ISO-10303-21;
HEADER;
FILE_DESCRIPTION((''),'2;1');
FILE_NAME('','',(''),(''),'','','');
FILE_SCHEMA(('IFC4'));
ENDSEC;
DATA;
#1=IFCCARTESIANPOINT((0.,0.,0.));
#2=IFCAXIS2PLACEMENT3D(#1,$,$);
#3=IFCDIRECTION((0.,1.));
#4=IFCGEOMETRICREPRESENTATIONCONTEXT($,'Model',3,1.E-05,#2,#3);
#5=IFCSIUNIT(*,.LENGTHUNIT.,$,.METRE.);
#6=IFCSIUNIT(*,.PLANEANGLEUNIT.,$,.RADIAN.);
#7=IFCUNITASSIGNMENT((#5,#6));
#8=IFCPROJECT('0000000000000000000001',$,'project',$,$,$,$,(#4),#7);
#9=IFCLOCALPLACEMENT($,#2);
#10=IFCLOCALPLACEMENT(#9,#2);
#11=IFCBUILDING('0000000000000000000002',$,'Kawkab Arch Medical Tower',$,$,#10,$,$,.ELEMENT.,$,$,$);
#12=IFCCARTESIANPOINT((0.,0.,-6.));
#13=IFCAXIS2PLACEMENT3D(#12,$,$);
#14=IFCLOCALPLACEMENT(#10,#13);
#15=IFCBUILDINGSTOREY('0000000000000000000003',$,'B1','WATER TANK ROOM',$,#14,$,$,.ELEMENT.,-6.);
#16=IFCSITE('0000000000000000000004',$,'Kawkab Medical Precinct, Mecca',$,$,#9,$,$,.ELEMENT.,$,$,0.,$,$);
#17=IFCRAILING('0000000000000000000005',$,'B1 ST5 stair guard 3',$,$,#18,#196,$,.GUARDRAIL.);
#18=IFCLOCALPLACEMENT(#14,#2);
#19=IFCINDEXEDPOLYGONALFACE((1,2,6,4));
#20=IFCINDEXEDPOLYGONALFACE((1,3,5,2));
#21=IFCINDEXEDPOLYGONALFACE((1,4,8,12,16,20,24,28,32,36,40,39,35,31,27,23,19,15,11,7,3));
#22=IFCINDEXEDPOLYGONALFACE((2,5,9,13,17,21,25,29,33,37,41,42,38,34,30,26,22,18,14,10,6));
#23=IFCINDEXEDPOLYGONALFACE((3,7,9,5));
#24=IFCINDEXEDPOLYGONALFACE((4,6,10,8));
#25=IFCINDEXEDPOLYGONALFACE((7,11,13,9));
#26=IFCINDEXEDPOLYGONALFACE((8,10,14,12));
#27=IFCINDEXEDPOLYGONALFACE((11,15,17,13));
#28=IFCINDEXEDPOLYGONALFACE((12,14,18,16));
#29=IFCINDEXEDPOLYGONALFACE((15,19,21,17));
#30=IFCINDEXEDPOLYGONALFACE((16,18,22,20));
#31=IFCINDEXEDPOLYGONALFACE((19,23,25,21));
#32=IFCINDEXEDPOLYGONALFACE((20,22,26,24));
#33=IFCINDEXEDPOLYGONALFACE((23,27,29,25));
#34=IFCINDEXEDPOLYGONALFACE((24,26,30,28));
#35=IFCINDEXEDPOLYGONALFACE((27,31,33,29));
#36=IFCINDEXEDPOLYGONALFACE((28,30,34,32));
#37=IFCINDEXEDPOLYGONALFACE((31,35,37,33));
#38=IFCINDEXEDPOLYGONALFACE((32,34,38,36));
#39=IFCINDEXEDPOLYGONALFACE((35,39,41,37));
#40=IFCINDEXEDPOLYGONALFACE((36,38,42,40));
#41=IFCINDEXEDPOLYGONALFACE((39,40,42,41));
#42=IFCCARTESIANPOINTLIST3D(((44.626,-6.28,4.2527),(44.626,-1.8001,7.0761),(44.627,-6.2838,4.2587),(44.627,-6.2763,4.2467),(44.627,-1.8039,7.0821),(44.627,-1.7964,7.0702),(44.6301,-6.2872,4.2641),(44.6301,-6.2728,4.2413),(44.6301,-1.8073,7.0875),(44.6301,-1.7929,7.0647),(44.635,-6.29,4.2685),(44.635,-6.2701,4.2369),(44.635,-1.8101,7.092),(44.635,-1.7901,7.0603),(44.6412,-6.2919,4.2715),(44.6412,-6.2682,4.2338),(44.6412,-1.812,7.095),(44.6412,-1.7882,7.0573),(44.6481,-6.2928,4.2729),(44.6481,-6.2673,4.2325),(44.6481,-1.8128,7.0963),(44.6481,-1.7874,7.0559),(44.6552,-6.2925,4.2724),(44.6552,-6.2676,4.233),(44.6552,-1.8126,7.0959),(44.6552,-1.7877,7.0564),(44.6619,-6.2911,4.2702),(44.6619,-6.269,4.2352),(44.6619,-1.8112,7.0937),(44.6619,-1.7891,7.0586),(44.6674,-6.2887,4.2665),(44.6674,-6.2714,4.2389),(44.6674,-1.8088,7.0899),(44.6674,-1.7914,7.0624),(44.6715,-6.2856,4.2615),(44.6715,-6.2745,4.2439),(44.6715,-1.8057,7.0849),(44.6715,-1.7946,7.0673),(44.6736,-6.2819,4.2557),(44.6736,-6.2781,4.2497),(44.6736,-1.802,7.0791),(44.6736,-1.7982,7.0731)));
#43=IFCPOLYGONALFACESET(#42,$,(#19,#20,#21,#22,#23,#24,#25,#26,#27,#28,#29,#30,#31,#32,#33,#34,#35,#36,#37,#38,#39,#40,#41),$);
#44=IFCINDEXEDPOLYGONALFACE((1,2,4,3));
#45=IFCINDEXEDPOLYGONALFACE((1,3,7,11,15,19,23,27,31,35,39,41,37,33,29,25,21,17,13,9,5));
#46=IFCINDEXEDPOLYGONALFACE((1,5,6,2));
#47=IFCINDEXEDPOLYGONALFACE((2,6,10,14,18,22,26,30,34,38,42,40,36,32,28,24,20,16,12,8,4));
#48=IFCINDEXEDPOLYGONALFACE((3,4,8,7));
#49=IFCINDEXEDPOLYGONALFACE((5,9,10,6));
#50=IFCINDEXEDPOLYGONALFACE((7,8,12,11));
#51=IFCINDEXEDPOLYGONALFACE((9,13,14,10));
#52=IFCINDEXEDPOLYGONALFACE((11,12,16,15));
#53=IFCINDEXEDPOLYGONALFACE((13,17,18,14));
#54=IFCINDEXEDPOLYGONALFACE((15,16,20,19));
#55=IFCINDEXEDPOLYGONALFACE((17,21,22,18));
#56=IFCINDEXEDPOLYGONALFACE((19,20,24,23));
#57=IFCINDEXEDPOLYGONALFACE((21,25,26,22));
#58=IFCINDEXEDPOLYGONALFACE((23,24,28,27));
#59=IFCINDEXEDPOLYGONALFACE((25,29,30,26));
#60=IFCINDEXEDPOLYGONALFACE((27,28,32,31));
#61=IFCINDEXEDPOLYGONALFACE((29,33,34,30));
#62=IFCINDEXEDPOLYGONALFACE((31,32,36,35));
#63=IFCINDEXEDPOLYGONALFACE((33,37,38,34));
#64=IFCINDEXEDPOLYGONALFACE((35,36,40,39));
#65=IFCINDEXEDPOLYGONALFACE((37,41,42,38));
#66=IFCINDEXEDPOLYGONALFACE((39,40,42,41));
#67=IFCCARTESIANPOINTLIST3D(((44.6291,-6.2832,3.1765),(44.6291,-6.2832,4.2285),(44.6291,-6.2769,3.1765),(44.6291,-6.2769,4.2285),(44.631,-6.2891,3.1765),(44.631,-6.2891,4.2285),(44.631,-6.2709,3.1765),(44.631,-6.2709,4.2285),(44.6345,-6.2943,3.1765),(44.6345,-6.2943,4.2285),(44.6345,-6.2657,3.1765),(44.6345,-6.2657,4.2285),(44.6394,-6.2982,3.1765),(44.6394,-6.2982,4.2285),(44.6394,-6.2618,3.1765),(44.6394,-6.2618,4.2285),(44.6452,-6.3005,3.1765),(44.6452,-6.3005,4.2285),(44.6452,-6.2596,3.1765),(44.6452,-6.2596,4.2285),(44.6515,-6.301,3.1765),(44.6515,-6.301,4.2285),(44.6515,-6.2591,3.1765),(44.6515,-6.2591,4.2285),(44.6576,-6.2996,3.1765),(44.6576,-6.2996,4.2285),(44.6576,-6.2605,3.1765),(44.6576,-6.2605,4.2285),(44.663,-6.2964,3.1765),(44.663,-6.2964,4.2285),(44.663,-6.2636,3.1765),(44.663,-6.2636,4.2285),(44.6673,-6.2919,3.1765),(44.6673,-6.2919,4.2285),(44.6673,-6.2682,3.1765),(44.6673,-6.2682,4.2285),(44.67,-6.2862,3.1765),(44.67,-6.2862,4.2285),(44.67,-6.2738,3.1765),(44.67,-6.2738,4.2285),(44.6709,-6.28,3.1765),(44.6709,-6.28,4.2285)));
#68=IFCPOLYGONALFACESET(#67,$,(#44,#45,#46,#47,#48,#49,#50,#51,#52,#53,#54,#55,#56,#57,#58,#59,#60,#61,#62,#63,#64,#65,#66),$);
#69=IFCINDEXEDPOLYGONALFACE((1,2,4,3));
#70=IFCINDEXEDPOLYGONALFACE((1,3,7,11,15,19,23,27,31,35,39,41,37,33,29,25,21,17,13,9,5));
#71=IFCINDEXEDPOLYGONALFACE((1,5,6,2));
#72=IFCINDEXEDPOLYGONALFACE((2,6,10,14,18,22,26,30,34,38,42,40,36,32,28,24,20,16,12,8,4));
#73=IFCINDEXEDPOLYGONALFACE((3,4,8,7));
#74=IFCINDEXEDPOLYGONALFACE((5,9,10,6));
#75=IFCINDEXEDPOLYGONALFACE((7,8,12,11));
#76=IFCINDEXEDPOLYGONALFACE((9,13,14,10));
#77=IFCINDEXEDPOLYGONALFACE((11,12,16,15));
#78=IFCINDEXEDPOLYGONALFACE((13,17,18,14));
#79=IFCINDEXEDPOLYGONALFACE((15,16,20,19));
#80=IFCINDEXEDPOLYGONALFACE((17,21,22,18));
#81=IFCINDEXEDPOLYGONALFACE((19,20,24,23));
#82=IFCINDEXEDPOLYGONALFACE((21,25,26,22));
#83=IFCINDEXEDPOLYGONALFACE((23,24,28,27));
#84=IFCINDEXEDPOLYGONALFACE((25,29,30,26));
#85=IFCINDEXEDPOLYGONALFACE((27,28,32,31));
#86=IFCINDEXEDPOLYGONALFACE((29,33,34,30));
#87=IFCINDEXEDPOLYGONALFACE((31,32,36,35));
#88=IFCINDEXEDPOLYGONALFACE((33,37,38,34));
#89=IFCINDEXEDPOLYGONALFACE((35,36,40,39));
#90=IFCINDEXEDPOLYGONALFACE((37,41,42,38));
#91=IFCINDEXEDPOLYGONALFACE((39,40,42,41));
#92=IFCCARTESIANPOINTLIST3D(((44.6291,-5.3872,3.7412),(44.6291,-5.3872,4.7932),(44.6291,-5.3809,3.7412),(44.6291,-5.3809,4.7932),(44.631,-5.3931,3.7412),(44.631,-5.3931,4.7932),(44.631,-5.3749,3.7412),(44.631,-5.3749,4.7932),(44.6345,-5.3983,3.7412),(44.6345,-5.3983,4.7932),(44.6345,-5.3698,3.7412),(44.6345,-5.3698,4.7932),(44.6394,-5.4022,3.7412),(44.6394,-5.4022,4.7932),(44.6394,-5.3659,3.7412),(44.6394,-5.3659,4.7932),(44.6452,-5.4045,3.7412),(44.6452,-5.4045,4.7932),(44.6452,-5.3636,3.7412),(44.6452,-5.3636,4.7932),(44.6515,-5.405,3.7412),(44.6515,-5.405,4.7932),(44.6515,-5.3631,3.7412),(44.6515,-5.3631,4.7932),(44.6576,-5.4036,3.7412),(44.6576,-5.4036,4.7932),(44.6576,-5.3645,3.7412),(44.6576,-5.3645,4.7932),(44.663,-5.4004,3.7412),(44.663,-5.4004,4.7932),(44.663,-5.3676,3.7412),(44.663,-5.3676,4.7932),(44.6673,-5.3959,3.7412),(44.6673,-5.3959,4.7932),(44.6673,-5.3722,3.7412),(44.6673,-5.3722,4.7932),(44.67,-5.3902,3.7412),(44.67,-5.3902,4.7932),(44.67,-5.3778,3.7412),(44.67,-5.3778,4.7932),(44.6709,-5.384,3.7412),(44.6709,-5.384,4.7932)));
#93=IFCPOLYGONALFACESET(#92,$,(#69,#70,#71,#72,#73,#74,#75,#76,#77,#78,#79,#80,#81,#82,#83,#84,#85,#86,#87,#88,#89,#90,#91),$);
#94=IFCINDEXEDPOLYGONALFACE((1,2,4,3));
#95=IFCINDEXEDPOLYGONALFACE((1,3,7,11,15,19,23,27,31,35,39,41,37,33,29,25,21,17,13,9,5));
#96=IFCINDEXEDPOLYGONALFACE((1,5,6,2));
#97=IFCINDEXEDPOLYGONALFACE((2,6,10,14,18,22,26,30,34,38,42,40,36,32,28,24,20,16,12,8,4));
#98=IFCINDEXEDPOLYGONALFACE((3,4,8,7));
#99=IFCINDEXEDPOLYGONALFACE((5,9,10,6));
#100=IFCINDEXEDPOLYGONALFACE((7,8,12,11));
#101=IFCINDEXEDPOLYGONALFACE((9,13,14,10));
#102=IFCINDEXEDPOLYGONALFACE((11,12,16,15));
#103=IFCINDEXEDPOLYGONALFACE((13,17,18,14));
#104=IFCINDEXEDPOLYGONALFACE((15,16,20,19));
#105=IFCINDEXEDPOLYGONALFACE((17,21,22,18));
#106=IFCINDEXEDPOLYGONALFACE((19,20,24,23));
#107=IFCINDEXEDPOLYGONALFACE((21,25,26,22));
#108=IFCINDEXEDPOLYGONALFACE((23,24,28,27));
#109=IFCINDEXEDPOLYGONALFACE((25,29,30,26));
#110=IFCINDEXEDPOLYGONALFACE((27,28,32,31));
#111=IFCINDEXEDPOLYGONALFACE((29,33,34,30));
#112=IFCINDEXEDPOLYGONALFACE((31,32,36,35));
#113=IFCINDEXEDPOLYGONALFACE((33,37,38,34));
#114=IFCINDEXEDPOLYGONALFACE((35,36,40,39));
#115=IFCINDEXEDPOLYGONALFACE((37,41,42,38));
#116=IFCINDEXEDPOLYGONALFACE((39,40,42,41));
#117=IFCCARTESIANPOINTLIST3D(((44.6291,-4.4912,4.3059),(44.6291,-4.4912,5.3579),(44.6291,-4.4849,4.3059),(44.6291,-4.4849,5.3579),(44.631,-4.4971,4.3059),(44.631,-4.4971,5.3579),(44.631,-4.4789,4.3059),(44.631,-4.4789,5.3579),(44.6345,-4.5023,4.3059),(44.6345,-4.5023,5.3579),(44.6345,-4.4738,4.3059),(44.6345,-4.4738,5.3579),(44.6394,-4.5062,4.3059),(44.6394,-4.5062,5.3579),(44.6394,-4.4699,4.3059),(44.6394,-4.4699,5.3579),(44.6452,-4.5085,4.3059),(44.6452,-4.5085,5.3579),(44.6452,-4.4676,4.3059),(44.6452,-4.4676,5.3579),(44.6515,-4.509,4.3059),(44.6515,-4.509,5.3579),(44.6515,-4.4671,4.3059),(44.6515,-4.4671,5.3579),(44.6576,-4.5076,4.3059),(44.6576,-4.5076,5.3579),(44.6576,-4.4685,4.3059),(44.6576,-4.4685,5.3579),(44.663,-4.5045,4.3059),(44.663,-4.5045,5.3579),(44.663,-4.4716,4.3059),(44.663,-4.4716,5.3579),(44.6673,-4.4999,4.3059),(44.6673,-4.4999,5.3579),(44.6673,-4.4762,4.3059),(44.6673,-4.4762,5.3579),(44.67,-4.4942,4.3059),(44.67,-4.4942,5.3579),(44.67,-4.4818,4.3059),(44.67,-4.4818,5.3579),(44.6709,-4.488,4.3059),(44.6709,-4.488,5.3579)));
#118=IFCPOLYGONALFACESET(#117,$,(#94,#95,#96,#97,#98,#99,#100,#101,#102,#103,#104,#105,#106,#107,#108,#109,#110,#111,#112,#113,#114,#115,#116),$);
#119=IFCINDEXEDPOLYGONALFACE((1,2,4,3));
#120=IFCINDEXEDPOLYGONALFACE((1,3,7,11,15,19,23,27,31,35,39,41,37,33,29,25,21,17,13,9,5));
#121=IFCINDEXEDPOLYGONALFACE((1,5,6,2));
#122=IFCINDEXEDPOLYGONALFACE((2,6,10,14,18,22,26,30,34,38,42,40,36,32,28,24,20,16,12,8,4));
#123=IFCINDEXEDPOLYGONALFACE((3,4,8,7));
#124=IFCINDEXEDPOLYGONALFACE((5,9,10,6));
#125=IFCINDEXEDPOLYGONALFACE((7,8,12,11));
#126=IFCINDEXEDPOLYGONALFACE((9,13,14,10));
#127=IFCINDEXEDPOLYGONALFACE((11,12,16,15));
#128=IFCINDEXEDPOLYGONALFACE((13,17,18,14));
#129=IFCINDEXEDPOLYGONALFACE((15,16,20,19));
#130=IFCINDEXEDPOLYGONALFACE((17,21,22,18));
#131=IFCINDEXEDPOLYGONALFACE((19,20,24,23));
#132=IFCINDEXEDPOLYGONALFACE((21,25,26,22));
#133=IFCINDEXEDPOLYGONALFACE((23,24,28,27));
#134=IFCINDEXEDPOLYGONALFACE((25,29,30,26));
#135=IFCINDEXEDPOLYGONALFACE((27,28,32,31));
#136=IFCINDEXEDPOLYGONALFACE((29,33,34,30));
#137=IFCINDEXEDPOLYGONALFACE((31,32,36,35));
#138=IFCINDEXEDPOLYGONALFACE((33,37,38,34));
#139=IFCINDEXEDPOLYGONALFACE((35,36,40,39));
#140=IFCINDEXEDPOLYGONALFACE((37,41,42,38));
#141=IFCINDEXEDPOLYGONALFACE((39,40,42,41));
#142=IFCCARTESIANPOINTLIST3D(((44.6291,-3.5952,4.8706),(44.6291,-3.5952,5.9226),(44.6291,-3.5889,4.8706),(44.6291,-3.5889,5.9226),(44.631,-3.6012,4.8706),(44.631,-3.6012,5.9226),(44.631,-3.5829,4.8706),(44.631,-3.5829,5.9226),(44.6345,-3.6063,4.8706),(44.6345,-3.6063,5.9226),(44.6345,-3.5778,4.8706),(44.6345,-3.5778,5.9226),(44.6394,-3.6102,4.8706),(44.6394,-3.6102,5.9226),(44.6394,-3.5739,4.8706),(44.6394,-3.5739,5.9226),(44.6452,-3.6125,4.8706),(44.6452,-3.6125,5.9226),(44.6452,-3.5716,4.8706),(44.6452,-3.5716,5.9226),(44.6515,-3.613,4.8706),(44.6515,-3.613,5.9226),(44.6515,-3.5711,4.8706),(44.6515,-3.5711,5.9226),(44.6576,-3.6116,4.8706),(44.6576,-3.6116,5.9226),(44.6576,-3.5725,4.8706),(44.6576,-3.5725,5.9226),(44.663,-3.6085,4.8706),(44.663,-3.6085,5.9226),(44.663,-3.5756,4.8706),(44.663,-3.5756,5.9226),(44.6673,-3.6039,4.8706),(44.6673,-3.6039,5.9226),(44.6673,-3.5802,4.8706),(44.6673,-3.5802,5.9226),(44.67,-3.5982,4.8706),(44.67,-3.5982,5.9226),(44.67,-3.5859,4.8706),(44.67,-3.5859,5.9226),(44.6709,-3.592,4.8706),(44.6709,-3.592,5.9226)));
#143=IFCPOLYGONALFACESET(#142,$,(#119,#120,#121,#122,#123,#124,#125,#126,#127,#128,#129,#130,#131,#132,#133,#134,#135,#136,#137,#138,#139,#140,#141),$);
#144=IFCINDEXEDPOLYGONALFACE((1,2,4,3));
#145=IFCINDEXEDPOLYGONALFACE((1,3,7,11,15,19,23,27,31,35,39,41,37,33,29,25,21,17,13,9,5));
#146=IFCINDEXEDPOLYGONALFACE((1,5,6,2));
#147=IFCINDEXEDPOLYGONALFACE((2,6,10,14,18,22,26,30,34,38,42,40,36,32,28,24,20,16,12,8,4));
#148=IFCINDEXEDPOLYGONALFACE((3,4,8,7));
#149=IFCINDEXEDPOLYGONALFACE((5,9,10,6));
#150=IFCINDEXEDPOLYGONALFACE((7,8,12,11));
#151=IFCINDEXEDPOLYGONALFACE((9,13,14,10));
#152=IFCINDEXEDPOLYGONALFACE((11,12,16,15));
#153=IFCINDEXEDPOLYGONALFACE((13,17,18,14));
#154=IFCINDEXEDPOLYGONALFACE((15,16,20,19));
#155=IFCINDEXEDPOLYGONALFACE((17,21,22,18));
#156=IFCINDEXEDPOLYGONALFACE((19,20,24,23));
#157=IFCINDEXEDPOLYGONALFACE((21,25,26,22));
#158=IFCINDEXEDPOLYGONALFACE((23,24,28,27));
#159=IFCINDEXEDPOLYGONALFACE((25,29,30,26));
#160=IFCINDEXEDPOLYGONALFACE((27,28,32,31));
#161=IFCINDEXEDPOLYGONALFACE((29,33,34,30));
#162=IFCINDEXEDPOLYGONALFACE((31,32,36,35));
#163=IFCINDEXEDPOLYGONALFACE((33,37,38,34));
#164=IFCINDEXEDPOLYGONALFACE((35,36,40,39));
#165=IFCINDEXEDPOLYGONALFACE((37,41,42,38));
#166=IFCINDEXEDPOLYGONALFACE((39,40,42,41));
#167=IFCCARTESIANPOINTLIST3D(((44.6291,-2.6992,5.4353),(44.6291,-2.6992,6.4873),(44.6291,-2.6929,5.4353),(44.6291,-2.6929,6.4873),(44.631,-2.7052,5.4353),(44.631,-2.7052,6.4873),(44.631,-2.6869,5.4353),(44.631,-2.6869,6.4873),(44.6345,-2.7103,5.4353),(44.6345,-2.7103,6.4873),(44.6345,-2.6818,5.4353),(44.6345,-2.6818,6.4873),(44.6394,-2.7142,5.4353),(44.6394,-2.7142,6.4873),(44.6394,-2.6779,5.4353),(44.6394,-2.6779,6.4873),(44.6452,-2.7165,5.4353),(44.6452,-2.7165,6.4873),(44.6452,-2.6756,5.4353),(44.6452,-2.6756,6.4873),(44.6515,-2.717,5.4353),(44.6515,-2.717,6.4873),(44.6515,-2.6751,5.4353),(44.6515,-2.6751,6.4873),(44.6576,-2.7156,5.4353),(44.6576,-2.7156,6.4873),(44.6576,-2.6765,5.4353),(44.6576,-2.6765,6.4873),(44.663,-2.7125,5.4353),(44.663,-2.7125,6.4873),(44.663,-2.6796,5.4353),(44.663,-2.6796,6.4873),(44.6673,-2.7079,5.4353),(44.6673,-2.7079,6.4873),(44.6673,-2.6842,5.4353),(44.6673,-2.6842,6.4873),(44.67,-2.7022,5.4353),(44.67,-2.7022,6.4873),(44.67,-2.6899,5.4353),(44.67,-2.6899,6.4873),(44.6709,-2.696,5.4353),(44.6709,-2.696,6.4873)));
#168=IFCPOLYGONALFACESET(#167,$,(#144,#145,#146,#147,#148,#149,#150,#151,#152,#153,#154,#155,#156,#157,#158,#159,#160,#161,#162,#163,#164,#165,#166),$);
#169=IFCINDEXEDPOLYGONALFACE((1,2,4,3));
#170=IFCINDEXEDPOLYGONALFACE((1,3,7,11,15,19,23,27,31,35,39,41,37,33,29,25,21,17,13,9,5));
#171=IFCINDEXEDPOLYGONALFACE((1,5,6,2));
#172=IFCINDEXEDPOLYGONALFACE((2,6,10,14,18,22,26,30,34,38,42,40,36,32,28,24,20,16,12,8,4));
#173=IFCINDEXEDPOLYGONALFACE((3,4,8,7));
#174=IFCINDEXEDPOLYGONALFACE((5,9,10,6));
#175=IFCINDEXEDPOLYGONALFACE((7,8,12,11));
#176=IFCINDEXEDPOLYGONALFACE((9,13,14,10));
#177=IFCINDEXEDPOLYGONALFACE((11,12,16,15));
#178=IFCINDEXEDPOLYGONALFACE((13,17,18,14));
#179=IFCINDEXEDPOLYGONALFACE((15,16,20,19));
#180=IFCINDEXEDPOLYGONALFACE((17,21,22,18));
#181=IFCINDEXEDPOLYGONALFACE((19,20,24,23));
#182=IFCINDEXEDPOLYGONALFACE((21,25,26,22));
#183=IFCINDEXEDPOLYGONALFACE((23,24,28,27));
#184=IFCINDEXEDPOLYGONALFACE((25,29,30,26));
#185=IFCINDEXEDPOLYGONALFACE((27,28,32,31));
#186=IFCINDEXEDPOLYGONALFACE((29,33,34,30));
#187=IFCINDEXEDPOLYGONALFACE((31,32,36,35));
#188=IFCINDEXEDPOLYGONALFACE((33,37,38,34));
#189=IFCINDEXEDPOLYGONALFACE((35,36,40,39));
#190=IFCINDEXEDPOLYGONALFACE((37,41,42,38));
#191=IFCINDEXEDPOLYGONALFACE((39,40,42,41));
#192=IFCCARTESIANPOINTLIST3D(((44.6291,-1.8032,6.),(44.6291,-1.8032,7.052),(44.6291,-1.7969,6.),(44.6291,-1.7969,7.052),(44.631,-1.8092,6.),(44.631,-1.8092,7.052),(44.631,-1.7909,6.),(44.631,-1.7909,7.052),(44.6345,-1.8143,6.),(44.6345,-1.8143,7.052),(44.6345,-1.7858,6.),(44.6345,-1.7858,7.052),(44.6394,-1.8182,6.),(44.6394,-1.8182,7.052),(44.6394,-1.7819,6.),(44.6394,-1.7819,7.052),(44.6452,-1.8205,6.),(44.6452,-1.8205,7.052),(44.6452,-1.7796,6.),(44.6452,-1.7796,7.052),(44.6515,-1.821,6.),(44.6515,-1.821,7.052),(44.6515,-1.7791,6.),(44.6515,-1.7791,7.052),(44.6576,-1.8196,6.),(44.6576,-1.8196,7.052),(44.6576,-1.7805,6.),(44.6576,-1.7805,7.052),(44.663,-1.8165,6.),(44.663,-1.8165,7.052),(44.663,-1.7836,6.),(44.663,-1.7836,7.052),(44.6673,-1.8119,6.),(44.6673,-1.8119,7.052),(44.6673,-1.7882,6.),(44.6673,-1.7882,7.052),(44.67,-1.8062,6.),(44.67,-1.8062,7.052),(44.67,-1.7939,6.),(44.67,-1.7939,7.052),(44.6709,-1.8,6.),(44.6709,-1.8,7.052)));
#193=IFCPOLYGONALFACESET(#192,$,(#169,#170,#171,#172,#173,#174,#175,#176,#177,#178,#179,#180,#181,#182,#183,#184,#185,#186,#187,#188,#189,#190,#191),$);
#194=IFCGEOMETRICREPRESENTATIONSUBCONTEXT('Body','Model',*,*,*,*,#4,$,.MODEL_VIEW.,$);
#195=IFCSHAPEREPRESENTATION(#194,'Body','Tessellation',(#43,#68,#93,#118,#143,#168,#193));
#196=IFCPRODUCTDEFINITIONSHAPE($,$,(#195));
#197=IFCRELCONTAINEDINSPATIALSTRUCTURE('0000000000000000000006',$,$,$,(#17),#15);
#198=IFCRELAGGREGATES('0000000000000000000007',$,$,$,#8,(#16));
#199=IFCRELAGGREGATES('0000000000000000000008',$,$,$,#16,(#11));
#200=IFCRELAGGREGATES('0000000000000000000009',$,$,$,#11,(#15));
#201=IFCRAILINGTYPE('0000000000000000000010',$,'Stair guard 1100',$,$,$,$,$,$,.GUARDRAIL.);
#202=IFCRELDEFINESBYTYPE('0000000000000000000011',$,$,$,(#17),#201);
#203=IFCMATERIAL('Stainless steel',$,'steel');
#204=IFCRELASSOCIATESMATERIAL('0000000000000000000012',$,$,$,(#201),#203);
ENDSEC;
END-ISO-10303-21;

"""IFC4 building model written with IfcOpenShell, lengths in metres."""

from ifc_helpers import new_model, si_unit, direction, frame, origin, origin_2d, place, context, subcontext, project, spatial, circle, extrude, material, type_object, element, save


model = new_model("IFC4")

# Units and contexts
model_context = context("Model", 3, precision=1e-05, world=origin(), true_north=direction((0.0, 1.0)))
body_context = subcontext(model_context, "Body", "Model", "MODEL_VIEW")
ifc_project = project(units=[si_unit("LENGTHUNIT", "METRE"), si_unit("PLANEANGLEUNIT", "RADIAN")], contexts=[model_context])

# Site, building, storey
site_placement = place(None, origin())
site = spatial("IfcSite", under=ifc_project, at=site_placement, Name="Kawkab Medical Precinct, Mecca", CompositionType="ELEMENT", RefElevation=0.0)
building_placement = place(site_placement, origin())
building = spatial("IfcBuilding", under=site, at=building_placement, Name="Kawkab Arch Medical Tower", CompositionType="ELEMENT")
storey_placement = place(building_placement, frame((0.0, 0.0, -6.0)))
storey = spatial("IfcBuildingStorey", under=building, at=storey_placement, Name="B1", Description="WATER TANK ROOM", CompositionType="ELEMENT", Elevation=-6.0)

# Railing
ifc_material_1 = material(Name="Stainless steel", Category="steel")
railing_type = type_object("IfcRailingType", Name="Stair guard 1100", PredefinedType="GUARDRAIL", material=ifc_material_1)
railing_1_placement = place(storey_placement, frame((44.6499, -6.28, 3.1765)))
element("IfcRailing", 1, at=railing_1_placement, inside=storey, type_object=railing_type, Name="B1 ST5 stair guard 3", PredefinedType="GUARDRAIL", context=body_context, shape_type="SweptSolid", body=[
    extrude(circle(Radius=0.0239, at=origin_2d()), frame((0.0, 0.0, 1.0762), z_axis=(0.0, 0.845998, 0.533186), x_axis=(-1.0, 0.0, 0.0)), (0.0, 0.0, 1.0), 5.2954),
    extrude(circle(Radius=0.021, at=origin_2d()), origin(), (0.0, 0.0, 1.0), 1.052),
    extrude(circle(Radius=0.021, at=origin_2d()), frame((0.0, 0.896, 0.5647)), (0.0, 0.0, 1.0), 1.052),
    extrude(circle(Radius=0.021, at=origin_2d()), frame((0.0, 1.792, 1.1294)), (0.0, 0.0, 1.0), 1.052),
    extrude(circle(Radius=0.021, at=origin_2d()), frame((0.0, 2.688, 1.6941)), (0.0, 0.0, 1.0), 1.052),
    extrude(circle(Radius=0.021, at=origin_2d()), frame((0.0, 3.584, 2.2588)), (0.0, 0.0, 1.0), 1.052),
    extrude(circle(Radius=0.021, at=origin_2d()), frame((0.0, 4.48, 2.8235)), (0.0, 0.0, 1.0), 1.052),
])

save(model, "model.ifc")
